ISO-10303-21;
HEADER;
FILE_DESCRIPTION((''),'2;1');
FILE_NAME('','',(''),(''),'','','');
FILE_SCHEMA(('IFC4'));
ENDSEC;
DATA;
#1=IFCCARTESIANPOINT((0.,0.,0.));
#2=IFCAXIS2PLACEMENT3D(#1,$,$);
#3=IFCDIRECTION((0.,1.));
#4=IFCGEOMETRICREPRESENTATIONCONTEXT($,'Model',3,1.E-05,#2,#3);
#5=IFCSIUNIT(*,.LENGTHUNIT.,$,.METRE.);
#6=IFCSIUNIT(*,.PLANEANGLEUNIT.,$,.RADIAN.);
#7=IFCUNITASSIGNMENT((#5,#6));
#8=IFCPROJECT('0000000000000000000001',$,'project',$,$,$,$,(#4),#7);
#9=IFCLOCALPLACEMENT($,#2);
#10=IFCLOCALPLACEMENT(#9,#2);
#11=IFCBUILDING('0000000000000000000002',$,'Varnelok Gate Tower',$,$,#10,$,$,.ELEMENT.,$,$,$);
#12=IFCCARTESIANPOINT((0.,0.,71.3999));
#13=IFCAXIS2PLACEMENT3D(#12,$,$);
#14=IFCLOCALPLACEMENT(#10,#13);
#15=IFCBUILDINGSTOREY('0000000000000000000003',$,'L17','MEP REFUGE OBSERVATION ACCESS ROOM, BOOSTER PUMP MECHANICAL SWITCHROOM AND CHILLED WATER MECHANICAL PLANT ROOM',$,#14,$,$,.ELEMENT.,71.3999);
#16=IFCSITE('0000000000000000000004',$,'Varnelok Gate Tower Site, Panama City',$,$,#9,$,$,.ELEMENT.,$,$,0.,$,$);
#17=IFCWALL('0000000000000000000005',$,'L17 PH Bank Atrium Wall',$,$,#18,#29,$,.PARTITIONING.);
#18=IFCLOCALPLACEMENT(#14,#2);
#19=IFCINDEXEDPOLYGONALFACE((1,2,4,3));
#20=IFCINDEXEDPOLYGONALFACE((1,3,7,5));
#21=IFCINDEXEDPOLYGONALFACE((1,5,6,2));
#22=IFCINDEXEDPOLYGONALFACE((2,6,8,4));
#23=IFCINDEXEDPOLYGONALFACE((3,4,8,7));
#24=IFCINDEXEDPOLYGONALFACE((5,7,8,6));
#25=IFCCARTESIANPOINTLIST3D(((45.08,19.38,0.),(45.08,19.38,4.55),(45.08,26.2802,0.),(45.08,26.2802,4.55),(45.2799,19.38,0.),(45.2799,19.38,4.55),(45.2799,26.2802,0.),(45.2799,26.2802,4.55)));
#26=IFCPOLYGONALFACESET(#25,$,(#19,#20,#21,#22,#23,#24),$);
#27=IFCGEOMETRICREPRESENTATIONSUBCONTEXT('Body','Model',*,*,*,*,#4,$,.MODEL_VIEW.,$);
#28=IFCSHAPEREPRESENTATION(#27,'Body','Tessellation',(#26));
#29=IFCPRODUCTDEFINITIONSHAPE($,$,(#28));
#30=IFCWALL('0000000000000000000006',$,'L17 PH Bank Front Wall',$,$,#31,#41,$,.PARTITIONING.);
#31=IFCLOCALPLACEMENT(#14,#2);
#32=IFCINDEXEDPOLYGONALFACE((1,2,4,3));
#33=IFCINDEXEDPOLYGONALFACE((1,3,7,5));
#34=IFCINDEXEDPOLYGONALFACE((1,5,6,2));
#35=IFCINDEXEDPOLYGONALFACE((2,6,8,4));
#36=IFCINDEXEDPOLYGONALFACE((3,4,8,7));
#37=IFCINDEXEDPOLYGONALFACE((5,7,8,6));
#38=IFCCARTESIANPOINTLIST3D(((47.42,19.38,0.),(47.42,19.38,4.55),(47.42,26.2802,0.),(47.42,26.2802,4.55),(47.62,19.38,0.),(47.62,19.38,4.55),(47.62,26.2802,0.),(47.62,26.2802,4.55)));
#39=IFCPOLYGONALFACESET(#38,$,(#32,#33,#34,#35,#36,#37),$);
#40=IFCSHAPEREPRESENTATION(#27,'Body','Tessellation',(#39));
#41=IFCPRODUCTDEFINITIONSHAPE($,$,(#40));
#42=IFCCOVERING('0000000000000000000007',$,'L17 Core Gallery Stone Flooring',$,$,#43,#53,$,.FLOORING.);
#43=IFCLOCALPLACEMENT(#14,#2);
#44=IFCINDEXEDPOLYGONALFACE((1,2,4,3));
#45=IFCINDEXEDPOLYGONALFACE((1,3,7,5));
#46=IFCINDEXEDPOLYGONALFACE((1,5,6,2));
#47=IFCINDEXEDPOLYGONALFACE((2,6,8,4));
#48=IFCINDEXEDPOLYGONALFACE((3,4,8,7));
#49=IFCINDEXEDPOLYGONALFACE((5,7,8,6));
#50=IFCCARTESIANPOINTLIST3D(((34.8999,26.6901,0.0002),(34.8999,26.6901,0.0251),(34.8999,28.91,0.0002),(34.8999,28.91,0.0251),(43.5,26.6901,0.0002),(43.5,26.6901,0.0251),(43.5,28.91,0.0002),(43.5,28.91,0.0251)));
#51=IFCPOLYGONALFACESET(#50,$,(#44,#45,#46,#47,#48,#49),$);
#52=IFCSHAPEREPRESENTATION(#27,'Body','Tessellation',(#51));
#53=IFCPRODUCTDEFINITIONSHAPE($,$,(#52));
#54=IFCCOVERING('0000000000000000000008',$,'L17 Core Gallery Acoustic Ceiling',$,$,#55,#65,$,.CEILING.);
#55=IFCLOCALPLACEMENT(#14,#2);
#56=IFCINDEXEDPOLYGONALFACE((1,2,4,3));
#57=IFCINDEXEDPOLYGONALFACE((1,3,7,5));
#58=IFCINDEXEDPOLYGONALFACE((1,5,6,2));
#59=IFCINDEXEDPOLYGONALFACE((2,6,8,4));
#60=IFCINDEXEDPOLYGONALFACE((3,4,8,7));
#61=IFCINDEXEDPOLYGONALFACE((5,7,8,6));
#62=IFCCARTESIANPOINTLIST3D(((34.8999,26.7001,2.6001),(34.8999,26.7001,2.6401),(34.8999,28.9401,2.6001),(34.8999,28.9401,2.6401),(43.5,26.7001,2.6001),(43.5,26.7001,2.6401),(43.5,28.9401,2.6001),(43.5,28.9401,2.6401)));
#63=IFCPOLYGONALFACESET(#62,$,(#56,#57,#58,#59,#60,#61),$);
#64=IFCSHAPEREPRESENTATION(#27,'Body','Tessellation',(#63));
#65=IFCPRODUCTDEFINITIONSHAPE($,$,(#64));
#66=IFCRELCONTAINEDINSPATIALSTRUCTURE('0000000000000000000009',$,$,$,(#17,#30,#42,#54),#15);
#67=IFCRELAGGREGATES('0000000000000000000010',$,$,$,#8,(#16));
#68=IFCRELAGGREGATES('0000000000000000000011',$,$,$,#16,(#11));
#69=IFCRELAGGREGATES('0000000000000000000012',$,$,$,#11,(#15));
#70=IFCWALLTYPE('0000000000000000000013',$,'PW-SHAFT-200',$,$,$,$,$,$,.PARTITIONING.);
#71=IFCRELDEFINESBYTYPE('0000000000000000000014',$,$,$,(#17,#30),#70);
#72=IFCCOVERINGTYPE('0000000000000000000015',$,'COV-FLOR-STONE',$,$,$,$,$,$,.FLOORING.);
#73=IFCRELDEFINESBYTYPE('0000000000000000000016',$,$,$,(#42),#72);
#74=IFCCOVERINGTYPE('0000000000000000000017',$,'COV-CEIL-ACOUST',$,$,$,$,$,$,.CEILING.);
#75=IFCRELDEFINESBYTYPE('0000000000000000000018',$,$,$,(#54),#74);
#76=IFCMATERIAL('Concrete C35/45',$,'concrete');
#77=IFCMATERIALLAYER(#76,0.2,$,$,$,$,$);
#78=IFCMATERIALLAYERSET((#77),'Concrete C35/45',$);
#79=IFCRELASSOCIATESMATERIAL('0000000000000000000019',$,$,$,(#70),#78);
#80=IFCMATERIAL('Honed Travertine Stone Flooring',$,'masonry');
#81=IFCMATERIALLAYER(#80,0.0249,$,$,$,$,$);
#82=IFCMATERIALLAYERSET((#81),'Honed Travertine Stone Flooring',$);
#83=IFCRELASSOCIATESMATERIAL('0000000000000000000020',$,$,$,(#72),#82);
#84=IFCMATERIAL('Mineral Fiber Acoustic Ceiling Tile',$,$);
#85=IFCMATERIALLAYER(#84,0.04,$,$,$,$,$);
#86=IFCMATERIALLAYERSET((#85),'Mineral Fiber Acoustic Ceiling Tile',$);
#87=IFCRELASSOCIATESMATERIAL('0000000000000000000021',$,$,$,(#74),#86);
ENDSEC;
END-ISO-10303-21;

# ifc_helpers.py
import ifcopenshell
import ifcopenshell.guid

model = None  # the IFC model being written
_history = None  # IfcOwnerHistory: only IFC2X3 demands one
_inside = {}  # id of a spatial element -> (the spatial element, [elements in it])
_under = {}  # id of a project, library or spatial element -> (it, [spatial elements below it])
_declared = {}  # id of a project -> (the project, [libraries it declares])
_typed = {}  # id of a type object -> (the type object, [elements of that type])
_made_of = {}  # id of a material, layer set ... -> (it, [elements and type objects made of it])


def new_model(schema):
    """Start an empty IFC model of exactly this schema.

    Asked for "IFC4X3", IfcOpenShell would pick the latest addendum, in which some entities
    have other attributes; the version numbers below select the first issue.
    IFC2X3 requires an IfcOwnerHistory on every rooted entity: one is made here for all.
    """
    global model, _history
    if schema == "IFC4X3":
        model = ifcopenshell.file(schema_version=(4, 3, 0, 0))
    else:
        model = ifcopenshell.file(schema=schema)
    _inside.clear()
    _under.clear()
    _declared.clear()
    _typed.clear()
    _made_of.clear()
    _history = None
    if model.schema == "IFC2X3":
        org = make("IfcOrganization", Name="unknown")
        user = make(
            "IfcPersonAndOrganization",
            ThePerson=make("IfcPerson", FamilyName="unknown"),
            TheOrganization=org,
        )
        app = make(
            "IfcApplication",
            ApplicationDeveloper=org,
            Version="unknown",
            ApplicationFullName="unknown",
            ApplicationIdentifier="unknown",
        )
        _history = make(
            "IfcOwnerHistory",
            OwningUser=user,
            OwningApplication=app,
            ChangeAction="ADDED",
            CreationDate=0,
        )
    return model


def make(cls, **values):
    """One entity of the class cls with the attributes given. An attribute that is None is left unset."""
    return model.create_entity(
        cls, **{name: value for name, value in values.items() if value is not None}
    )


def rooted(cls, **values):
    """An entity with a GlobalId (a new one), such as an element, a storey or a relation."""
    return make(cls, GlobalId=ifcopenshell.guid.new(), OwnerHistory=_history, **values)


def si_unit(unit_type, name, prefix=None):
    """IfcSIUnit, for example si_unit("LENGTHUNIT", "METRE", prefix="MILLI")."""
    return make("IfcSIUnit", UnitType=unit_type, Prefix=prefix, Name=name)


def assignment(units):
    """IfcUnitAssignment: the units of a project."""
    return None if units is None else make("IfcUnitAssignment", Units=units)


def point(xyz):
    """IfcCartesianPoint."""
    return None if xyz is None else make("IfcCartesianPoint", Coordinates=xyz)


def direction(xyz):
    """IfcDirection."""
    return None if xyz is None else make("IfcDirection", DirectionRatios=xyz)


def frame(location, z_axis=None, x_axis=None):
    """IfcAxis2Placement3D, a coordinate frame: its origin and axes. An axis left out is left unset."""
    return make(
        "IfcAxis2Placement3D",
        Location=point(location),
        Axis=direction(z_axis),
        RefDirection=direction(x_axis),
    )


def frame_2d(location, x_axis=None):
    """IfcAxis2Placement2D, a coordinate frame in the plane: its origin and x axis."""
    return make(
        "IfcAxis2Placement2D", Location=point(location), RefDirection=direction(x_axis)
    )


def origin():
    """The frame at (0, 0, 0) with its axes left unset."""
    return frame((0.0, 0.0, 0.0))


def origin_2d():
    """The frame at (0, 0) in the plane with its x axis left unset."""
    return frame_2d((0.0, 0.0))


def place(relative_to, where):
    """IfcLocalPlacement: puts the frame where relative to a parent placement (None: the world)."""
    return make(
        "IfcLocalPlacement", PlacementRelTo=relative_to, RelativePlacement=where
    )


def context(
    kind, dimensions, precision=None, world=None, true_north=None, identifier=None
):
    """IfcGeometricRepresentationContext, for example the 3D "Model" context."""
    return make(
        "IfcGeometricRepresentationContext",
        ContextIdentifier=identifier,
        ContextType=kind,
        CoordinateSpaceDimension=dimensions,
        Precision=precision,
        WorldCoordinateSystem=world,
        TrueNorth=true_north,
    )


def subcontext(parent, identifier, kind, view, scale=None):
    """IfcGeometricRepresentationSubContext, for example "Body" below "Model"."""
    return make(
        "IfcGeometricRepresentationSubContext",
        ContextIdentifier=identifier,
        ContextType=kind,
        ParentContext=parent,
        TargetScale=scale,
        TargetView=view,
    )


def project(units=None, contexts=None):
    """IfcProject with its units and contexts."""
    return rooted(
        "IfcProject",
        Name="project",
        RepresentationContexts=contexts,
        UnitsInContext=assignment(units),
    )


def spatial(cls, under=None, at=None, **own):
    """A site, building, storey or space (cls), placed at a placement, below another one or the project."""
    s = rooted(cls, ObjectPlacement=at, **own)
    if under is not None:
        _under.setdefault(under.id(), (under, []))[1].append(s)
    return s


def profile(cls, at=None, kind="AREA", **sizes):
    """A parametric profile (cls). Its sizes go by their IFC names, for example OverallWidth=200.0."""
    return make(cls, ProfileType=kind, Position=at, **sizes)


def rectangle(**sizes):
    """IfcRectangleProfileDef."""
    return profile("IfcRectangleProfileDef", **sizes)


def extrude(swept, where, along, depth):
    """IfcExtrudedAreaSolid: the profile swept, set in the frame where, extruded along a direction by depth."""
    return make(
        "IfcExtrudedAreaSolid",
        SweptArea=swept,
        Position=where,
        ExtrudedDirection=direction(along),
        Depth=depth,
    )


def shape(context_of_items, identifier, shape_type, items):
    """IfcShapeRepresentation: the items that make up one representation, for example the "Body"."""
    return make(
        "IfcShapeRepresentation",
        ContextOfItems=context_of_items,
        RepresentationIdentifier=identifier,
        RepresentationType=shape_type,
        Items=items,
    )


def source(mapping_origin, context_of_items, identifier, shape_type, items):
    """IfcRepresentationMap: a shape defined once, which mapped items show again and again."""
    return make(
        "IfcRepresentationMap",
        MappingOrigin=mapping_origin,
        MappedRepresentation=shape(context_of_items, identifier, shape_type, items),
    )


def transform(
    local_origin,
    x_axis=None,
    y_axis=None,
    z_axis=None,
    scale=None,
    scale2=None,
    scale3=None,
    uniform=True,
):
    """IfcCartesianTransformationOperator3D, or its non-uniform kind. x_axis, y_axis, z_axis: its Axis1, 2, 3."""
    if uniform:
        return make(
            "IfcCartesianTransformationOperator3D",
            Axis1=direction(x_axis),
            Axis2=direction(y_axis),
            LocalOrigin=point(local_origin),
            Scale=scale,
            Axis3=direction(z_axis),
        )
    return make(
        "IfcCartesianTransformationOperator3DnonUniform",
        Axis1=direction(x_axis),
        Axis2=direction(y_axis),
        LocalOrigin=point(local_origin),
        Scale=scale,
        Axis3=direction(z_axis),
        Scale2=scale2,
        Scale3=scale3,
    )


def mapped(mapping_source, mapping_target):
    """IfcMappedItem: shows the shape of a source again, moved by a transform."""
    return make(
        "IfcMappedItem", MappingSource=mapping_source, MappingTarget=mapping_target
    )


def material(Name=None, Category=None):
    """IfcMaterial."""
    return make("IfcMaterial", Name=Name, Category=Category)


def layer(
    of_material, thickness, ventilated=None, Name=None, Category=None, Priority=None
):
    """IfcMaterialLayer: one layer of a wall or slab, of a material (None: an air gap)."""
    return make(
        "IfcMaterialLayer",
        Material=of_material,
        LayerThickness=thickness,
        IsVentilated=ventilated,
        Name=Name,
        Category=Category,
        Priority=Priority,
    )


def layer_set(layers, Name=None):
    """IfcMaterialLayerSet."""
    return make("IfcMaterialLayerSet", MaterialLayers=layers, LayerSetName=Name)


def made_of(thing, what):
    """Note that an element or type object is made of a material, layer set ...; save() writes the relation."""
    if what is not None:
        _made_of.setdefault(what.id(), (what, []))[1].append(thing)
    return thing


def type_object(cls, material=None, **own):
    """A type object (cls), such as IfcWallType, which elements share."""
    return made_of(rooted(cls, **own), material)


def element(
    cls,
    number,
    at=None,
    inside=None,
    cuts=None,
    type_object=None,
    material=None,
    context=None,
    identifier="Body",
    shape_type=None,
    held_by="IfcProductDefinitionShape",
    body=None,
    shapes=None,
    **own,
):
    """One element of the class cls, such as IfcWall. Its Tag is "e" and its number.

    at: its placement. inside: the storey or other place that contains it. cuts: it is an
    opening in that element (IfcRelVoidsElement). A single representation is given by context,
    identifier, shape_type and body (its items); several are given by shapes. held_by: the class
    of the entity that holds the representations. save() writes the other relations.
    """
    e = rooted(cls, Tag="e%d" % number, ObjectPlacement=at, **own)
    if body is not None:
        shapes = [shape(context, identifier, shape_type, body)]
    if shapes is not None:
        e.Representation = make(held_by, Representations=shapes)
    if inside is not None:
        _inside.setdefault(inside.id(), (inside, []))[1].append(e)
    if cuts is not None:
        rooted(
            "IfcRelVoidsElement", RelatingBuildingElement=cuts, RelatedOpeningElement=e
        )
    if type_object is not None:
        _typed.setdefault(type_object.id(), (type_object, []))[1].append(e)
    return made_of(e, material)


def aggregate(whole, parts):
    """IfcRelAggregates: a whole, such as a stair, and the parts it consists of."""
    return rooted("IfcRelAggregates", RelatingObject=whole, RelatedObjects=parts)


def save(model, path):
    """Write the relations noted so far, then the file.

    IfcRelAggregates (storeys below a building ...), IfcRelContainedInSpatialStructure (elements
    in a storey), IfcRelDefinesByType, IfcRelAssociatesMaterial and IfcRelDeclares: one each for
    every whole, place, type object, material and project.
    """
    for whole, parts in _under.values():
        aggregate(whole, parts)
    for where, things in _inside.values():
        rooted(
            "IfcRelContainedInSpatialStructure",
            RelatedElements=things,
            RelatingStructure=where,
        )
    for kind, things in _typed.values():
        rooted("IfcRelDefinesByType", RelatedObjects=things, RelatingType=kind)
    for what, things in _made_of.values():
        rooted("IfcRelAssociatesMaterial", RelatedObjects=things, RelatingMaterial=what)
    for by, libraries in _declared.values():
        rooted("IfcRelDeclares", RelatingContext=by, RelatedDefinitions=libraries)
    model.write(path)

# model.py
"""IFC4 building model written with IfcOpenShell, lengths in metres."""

from ifc_helpers import new_model, si_unit, direction, frame, frame_2d, origin, origin_2d, place, context, subcontext, project, spatial, rectangle, extrude, source, transform, mapped, material, layer, layer_set, type_object, element, save


model = new_model("IFC4")

# Units and contexts
model_context = context("Model", 3, precision=1e-05, world=origin(), true_north=direction((0.0, 1.0)))
body_context = subcontext(model_context, "Body", "Model", "MODEL_VIEW")
ifc_project = project(units=[si_unit("LENGTHUNIT", "METRE"), si_unit("PLANEANGLEUNIT", "RADIAN")], contexts=[model_context])

# Site, building, storey
site_placement = place(None, origin())
site = spatial("IfcSite", under=ifc_project, at=site_placement, Name="Varnelok Gate Tower Site, Panama City", CompositionType="ELEMENT", RefElevation=0.0)
building_placement = place(site_placement, origin())
building = spatial("IfcBuilding", under=site, at=building_placement, Name="Varnelok Gate Tower", CompositionType="ELEMENT")
storey_placement = place(building_placement, frame((0.0, 0.0, 71.3999)))
storey = spatial("IfcBuildingStorey", under=building, at=storey_placement, Name="L17", Description="MEP REFUGE OBSERVATION ACCESS ROOM, BOOSTER PUMP MECHANICAL SWITCHROOM AND CHILLED WATER MECHANICAL PLANT ROOM", CompositionType="ELEMENT", Elevation=71.3999)

# Walls
ifc_material_1 = material(Name="Concrete C35/45", Category="concrete")
ifc_layer_1 = layer(ifc_material_1, 0.2)
ifc_layer_set_1 = layer_set([ifc_layer_1], Name="Concrete C35/45")
wall_type_1 = type_object("IfcWallType", Name="PW-SHAFT-200", PredefinedType="PARTITIONING", material=ifc_layer_set_1)
for number, where, z_axis, x_axis, name in (
    (1, (45.1799, 19.3799, 0.0), (0.0, 0.0, 1.0), (0.0, 1.0, 0.0), "L17 PH Bank Atrium Wall"),
    (2, (47.52, 19.3799, 0.0), (0.0, 0.0, 1.0), (0.0, 1.0, 0.0), "L17 PH Bank Front Wall"),
):
    element("IfcWall", number, at=place(storey_placement, frame(where, z_axis=z_axis, x_axis=x_axis)), inside=storey, type_object=wall_type_1, Name=name, PredefinedType="PARTITIONING", context=body_context, shape_type="SweptSolid", body=[
        extrude(rectangle(XDim=6.9001, YDim=0.2, at=frame_2d((3.4502, 0.0))), origin(), (0.0, 0.0, 1.0), 4.55),
    ])

# Coverings
ifc_material_2 = material(Name="Honed Travertine Stone Flooring", Category="masonry")
ifc_layer_2 = layer(ifc_material_2, 0.0249)
ifc_layer_set_2 = layer_set([ifc_layer_2], Name="Honed Travertine Stone Flooring")
covering_type_1 = type_object("IfcCoveringType", Name="COV-FLOR-STONE", PredefinedType="FLOORING", material=ifc_layer_set_2)
shared_shape_1 = source(origin(), body_context, "Body", "SweptSolid", [
    extrude(rectangle(XDim=8.6001, YDim=2.22, at=origin_2d()), origin(), (0.0, 0.0, 1.0), 0.0249),
])
covering_1_placement = place(storey_placement, frame((39.2, 27.8, 0.0002), z_axis=(0.0, 0.0, 1.0), x_axis=(1.0, 0.0, 0.0)))
element("IfcCovering", 3, at=covering_1_placement, inside=storey, type_object=covering_type_1, Name="L17 Core Gallery Stone Flooring", PredefinedType="FLOORING", context=body_context, shape_type="MappedRepresentation", body=[
    mapped(shared_shape_1, transform((0.0, 0.0, 0.0), scale=1.0)),
])
ifc_material_3 = material(Name="Mineral Fiber Acoustic Ceiling Tile")
ifc_layer_3 = layer(ifc_material_3, 0.04)
ifc_layer_set_3 = layer_set([ifc_layer_3], Name="Mineral Fiber Acoustic Ceiling Tile")
covering_type_2 = type_object("IfcCoveringType", Name="COV-CEIL-ACOUST", PredefinedType="CEILING", material=ifc_layer_set_3)
shared_shape_2 = source(origin(), body_context, "Body", "SweptSolid", [
    extrude(rectangle(XDim=8.6001, YDim=2.24, at=origin_2d()), origin(), (0.0, 0.0, 1.0), 0.04),
])
covering_2_placement = place(storey_placement, frame((39.2, 27.8201, 2.6001), z_axis=(0.0, 0.0, 1.0), x_axis=(1.0, 0.0, 0.0)))
element("IfcCovering", 4, at=covering_2_placement, inside=storey, type_object=covering_type_2, Name="L17 Core Gallery Acoustic Ceiling", PredefinedType="CEILING", context=body_context, shape_type="MappedRepresentation", body=[
    mapped(shared_shape_2, transform((0.0, 0.0, 0.0), scale=1.0)),
])

save(model, "model.ifc")
